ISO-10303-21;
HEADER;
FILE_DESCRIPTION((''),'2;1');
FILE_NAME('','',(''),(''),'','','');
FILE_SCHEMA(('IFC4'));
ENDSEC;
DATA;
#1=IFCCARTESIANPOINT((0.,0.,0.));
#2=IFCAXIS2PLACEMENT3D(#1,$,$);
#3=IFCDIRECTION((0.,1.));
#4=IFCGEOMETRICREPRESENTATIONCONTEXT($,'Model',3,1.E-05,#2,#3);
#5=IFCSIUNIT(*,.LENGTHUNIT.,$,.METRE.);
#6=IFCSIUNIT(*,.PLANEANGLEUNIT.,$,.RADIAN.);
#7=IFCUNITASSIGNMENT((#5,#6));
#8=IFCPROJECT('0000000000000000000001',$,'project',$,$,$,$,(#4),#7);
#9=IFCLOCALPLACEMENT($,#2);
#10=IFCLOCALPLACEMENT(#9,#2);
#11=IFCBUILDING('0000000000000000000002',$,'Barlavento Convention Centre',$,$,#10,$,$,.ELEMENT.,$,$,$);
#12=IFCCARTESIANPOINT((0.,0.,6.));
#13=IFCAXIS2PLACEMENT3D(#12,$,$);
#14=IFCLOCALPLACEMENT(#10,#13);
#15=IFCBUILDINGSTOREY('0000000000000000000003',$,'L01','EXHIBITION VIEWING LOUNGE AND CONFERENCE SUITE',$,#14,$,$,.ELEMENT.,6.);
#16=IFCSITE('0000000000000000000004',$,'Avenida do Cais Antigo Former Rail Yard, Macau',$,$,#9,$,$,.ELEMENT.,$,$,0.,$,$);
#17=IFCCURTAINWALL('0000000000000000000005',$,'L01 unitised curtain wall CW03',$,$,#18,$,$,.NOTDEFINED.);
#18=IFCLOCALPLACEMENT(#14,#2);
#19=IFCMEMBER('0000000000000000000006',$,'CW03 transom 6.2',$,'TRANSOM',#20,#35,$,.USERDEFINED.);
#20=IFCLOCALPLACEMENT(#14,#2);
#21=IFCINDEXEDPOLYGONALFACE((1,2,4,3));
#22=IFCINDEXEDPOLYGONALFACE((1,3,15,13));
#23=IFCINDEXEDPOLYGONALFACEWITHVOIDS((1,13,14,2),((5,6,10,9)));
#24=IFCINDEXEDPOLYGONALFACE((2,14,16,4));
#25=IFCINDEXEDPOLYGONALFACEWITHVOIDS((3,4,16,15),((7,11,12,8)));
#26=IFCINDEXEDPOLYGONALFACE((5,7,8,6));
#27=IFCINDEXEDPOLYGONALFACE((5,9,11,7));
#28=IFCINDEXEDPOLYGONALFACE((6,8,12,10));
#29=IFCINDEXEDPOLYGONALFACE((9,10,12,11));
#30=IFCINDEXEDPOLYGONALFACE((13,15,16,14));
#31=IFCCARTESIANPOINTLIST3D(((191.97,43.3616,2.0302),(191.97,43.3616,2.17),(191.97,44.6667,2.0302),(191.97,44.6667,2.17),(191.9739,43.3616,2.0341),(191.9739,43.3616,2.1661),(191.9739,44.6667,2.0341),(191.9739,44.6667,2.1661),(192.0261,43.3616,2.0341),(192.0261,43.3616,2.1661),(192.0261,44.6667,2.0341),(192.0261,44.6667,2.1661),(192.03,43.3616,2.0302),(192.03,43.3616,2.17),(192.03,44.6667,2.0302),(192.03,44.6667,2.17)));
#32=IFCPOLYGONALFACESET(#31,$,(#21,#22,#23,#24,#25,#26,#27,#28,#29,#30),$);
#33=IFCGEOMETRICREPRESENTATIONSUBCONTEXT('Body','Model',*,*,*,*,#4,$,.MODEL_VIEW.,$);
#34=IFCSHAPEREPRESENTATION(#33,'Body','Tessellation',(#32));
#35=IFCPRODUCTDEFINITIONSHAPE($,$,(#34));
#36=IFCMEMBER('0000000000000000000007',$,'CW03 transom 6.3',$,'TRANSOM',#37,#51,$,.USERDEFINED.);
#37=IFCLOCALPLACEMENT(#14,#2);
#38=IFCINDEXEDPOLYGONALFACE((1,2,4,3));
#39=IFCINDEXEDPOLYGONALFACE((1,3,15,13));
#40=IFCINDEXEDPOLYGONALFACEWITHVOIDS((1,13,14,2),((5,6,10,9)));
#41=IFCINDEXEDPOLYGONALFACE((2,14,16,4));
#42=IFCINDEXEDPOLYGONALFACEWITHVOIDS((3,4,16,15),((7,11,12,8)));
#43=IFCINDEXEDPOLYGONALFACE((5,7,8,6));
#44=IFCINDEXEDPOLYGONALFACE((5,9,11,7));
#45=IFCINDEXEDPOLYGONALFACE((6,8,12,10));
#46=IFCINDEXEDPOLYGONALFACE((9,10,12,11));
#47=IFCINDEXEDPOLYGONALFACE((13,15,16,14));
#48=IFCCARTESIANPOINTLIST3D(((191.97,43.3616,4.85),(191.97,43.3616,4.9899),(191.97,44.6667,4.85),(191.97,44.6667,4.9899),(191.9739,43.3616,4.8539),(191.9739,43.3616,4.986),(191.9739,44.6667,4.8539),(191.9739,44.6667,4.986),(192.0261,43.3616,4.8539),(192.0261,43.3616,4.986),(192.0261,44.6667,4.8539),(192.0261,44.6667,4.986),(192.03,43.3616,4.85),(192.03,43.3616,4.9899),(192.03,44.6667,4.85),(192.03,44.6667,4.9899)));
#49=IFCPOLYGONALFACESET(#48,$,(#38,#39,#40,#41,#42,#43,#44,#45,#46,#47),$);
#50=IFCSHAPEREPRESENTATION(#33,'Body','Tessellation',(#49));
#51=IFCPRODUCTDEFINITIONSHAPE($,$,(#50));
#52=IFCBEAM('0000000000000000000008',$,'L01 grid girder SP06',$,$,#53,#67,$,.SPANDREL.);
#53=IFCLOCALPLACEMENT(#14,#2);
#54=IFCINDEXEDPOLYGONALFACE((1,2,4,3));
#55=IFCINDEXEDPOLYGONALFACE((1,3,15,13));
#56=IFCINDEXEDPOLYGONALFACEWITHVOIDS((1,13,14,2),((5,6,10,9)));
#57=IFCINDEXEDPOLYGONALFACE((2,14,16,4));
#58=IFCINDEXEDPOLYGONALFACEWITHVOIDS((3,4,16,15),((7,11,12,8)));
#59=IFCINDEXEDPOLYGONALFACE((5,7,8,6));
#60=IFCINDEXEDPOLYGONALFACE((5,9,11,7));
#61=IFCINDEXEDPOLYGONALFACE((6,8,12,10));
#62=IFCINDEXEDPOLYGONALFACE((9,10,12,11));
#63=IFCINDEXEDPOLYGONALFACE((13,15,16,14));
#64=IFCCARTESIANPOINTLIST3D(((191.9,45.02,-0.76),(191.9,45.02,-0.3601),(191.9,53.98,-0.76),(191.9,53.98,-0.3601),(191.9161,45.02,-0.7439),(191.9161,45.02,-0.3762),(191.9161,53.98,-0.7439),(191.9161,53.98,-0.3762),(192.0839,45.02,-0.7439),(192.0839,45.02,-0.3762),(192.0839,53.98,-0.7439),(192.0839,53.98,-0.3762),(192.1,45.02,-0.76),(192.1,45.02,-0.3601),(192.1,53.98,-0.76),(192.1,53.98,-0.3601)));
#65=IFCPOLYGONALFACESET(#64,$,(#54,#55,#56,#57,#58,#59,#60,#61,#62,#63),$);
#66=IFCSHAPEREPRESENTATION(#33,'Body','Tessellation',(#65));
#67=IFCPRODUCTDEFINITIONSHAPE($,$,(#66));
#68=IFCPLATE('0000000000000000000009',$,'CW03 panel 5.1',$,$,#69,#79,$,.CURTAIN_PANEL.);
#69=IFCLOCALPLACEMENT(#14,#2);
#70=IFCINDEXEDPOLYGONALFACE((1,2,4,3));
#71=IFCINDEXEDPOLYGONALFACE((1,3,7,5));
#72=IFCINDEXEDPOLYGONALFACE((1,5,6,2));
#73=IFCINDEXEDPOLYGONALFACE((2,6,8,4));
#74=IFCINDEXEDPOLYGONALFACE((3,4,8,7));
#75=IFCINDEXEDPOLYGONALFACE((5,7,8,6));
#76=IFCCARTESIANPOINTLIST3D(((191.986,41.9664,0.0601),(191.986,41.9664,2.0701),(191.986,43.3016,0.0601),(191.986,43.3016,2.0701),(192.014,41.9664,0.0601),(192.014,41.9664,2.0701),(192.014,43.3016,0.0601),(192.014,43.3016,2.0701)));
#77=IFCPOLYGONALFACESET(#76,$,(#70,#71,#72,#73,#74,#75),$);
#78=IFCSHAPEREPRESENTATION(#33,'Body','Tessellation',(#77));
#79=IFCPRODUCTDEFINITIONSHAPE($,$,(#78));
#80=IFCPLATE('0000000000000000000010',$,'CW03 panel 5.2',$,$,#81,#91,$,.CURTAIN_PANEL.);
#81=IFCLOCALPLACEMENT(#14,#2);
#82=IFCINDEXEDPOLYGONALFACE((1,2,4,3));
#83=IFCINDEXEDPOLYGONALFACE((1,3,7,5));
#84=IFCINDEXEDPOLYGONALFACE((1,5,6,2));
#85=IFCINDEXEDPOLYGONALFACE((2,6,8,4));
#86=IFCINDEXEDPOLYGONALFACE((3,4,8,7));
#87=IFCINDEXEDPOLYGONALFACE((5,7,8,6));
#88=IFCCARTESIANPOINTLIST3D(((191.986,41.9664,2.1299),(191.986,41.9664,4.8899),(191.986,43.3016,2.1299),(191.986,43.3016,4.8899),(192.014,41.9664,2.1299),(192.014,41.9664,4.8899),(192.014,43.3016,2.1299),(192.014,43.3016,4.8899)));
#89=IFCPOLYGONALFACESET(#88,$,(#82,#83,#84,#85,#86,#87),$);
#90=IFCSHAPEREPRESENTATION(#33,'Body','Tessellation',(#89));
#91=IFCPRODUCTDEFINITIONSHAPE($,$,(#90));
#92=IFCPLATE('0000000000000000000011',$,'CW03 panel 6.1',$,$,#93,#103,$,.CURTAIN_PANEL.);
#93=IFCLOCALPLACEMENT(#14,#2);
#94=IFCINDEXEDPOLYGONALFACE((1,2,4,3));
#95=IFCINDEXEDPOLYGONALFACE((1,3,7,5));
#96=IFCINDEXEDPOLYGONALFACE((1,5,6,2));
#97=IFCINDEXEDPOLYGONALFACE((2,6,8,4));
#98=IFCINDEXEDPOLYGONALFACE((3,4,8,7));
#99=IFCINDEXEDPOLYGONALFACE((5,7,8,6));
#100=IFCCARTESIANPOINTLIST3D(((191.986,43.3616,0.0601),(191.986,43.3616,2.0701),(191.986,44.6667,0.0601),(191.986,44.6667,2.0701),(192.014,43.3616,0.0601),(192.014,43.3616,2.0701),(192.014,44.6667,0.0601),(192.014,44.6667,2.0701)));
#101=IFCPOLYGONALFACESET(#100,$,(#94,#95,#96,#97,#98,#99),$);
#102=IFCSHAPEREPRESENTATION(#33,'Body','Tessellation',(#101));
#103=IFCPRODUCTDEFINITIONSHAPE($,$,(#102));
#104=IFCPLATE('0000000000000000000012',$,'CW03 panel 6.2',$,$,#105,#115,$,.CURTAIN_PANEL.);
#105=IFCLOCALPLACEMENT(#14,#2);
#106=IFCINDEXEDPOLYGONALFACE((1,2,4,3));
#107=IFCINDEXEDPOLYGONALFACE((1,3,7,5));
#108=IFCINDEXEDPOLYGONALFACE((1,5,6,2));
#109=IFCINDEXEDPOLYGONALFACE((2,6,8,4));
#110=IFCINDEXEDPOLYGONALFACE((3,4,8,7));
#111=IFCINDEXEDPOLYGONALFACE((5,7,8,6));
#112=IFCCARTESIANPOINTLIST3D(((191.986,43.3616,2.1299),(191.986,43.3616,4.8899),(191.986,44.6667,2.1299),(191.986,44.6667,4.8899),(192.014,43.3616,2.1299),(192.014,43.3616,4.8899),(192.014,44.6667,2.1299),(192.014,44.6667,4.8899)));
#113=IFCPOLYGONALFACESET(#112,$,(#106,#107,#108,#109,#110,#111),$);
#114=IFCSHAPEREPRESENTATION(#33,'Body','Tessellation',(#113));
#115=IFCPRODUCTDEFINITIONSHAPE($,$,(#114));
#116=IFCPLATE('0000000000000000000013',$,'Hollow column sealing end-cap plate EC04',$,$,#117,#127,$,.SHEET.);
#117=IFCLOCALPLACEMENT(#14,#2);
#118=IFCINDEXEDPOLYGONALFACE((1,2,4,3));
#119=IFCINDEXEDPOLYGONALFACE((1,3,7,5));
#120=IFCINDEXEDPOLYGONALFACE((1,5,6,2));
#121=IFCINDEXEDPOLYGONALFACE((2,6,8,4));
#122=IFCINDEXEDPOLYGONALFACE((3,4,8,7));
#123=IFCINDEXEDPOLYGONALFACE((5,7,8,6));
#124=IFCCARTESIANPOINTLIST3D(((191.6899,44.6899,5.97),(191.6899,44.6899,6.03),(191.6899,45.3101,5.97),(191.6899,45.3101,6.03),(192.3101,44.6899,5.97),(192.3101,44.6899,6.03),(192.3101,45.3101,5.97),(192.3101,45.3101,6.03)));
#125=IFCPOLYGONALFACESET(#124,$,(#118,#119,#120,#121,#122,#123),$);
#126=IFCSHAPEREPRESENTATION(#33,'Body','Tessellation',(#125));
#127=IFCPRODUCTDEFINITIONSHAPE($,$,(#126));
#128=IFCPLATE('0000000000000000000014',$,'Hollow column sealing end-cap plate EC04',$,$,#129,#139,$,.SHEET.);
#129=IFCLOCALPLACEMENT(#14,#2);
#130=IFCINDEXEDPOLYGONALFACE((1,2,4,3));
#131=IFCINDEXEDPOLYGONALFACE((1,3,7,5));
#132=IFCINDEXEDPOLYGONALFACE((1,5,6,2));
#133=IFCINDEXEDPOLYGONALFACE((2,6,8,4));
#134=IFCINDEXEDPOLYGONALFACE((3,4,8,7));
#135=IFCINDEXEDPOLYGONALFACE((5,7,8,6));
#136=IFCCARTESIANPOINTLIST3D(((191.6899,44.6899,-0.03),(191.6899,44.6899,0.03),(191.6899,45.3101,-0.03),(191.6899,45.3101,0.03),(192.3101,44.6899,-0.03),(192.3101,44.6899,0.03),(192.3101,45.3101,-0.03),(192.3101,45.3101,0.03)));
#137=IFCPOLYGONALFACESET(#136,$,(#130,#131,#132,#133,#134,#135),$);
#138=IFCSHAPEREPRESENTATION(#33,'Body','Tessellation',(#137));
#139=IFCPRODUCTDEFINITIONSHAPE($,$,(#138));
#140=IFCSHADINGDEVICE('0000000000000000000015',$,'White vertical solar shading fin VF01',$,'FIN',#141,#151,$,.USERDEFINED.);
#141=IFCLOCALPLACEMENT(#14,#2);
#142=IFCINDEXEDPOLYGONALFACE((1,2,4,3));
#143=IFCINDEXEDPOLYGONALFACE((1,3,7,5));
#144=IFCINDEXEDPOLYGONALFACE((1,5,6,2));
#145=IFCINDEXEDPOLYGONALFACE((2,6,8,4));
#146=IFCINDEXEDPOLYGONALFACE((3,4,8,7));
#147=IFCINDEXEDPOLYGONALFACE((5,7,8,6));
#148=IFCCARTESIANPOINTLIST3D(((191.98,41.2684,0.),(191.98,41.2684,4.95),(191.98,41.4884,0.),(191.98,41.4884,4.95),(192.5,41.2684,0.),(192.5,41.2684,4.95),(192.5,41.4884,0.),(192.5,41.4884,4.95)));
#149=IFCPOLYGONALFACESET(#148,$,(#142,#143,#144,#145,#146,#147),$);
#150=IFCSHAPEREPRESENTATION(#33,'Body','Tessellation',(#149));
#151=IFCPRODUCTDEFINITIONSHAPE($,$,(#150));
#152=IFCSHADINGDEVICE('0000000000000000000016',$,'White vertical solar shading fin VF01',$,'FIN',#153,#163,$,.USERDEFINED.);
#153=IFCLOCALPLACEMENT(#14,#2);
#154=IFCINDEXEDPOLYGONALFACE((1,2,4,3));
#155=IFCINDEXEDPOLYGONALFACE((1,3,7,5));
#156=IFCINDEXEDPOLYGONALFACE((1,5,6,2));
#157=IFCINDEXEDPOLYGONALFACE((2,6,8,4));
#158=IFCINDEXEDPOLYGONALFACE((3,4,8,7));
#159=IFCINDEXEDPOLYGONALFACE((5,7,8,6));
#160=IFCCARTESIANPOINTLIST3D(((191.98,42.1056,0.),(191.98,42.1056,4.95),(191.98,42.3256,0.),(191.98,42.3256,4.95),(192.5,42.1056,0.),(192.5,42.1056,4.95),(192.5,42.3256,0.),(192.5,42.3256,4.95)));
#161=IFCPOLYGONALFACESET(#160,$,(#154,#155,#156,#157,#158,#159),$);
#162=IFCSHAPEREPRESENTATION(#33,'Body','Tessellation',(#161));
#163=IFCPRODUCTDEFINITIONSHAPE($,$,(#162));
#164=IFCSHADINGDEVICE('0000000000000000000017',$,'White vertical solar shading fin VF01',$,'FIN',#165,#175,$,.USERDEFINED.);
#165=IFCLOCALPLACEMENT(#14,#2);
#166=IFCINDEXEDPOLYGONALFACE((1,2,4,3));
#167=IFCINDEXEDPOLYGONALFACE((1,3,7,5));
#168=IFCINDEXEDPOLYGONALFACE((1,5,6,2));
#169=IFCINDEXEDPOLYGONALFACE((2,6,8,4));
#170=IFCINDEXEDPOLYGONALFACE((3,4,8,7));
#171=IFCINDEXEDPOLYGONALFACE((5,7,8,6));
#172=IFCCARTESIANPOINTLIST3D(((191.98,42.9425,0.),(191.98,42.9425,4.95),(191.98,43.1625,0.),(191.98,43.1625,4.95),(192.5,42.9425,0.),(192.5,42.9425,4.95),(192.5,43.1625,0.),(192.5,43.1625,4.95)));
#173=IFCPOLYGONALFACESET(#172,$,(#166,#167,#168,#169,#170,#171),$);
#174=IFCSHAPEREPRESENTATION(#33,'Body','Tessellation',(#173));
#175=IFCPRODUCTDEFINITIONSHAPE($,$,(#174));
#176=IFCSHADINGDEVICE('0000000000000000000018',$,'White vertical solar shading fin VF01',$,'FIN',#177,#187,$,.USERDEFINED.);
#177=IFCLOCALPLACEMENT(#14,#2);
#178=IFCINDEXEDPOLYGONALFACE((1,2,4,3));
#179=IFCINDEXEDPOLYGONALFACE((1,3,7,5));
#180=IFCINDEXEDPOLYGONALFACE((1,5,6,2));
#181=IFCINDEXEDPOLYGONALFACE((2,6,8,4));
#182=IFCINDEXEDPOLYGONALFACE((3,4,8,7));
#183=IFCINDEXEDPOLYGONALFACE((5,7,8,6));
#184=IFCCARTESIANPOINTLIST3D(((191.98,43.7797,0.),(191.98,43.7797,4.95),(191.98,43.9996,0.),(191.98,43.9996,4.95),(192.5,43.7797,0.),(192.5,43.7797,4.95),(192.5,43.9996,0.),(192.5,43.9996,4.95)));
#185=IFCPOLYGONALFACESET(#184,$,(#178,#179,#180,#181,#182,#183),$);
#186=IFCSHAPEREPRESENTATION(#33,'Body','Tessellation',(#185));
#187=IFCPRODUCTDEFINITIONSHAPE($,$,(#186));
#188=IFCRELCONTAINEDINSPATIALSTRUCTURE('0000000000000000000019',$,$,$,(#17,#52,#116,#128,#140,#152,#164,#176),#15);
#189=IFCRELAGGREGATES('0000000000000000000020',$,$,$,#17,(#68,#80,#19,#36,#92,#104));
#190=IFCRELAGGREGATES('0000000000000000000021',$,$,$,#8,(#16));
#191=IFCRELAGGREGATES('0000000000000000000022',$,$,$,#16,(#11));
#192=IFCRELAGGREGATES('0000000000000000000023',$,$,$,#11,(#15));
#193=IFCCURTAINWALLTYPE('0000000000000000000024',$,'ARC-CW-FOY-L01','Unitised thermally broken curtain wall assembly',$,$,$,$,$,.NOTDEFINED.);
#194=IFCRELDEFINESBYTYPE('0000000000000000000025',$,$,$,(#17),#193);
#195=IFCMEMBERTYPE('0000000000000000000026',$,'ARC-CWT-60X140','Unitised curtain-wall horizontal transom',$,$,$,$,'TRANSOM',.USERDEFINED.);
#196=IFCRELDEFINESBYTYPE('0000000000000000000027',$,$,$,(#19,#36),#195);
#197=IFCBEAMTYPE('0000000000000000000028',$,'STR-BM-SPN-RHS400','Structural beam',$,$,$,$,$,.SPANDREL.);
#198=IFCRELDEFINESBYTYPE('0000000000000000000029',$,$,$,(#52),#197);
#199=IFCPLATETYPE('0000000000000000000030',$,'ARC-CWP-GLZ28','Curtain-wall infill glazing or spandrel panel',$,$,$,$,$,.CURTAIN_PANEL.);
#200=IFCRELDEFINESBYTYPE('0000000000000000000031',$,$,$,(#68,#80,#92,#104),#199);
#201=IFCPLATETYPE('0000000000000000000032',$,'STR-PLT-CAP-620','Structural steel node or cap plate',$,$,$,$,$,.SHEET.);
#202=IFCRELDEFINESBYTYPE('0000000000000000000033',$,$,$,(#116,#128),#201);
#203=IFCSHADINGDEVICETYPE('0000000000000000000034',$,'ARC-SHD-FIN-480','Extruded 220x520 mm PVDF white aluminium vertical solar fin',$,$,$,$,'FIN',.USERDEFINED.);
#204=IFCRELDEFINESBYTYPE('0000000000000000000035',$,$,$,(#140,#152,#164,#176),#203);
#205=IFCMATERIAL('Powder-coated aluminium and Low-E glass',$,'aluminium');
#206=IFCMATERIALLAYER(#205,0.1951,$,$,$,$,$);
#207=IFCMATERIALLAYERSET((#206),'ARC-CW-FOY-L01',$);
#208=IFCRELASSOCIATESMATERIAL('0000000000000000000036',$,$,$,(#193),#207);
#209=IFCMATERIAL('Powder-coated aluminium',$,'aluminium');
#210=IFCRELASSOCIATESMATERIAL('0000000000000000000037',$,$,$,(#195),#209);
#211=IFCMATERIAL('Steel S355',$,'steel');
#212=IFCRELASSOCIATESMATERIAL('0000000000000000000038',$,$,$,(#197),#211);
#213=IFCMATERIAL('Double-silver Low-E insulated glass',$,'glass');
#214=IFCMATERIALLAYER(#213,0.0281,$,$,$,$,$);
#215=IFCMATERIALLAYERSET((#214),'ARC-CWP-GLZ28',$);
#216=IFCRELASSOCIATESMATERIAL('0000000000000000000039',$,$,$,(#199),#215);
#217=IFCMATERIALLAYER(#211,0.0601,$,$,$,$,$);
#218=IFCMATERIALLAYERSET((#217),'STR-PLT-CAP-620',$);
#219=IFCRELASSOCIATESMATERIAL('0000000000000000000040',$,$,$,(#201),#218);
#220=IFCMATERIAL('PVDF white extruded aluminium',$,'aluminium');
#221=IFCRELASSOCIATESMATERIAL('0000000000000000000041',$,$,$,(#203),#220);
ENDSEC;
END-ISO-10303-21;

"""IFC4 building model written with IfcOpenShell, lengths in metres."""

from ifc_helpers import new_model, si_unit, direction, frame, origin, origin_2d, place, context, subcontext, project, spatial, rectangle, hollow_rectangle, extrude, material, layer, layer_set, material_profile, profile_set, type_object, element, aggregate, save


model = new_model("IFC4")

# Units and contexts
model_context = context("Model", 3, precision=1e-05, world=origin(), true_north=direction((0.0, 1.0)))
body_context = subcontext(model_context, "Body", "Model", "MODEL_VIEW")
ifc_project = project(units=[si_unit("LENGTHUNIT", "METRE"), si_unit("PLANEANGLEUNIT", "RADIAN")], contexts=[model_context])

# Site, building, storey
site_placement = place(None, origin())
site = spatial("IfcSite", under=ifc_project, at=site_placement, Name="Avenida do Cais Antigo Former Rail Yard, Macau", CompositionType="ELEMENT", RefElevation=0.0)
building_placement = place(site_placement, origin())
building = spatial("IfcBuilding", under=site, at=building_placement, Name="Barlavento Convention Centre", CompositionType="ELEMENT")
storey_placement = place(building_placement, frame((0.0, 0.0, 6.0)))
storey = spatial("IfcBuildingStorey", under=building, at=storey_placement, Name="L01", Description="EXHIBITION VIEWING LOUNGE AND CONFERENCE SUITE", CompositionType="ELEMENT", Elevation=6.0)

# Shared definitions
ifc_material_1 = material(Name="Steel S355", Category="steel")

# Curtain wall, members
ifc_material_2 = material(Name="Powder-coated aluminium and Low-E glass", Category="aluminium")
ifc_layer_1 = layer(ifc_material_2, 0.1951)
ifc_layer_set_1 = layer_set([ifc_layer_1], Name="ARC-CW-FOY-L01")
curtain_wall_type = type_object("IfcCurtainWallType", Name="ARC-CW-FOY-L01", Description="Unitised thermally broken curtain wall assembly", PredefinedType="NOTDEFINED", material=ifc_layer_set_1)
curtain_wall_placement = place(storey_placement, origin())
curtain_wall = element("IfcCurtainWall", 1, at=curtain_wall_placement, inside=storey, type_object=curtain_wall_type, Name="L01 unitised curtain wall CW03", PredefinedType="NOTDEFINED")
ifc_material_3 = material(Name="Powder-coated aluminium", Category="aluminium")
ifc_material_profile_1 = material_profile(ifc_material_3, hollow_rectangle(XDim=0.0601, YDim=0.1399, WallThickness=0.0039, at=origin_2d()), Name="AL-TRAN 60x140x4")
ifc_profile_set_1 = profile_set([ifc_material_profile_1], Name="Powder-coated aluminium")
member_type_1 = type_object("IfcMemberType", Name="ARC-CWT-60X140", Description="Unitised curtain-wall horizontal transom", ElementType="TRANSOM", PredefinedType="USERDEFINED", material=ifc_profile_set_1)
member_1_placement = place(storey_placement, frame((192.0, 43.3616, 2.1001), z_axis=(0.0, 1.0, 0.0), x_axis=(-1.0, 0.0, 0.0)))
member_1 = element("IfcMember", 2, at=member_1_placement, type_object=member_type_1, Name="CW03 transom 6.2", ObjectType="TRANSOM", PredefinedType="USERDEFINED", context=body_context, shape_type="SweptSolid", body=[
    extrude(hollow_rectangle(XDim=0.0601, YDim=0.1399, WallThickness=0.0039, at=origin_2d()), origin(), (0.0, 0.0, 1.0), 1.3052),
])
member_2_placement = place(storey_placement, frame((192.0, 43.3616, 4.9199), z_axis=(0.0, 1.0, 0.0), x_axis=(-1.0, 0.0, 0.0)))
member_2 = element("IfcMember", 3, at=member_2_placement, type_object=member_type_1, Name="CW03 transom 6.3", ObjectType="TRANSOM", PredefinedType="USERDEFINED", context=body_context, shape_type="SweptSolid", body=[
    extrude(hollow_rectangle(XDim=0.0601, YDim=0.1399, WallThickness=0.0039, at=origin_2d()), origin(), (0.0, 0.0, 1.0), 1.3052),
])

# Beam
ifc_material_profile_2 = material_profile(ifc_material_1, hollow_rectangle(XDim=0.2, YDim=0.3999, WallThickness=0.0161, at=origin_2d()), Name="RHS 400x200x16.0")
ifc_profile_set_2 = profile_set([ifc_material_profile_2], Name="Steel S355")
beam_type = type_object("IfcBeamType", Name="STR-BM-SPN-RHS400", Description="Structural beam", PredefinedType="SPANDREL", material=ifc_profile_set_2)
beam_placement = place(storey_placement, frame((192.0, 45.02, -0.5601), z_axis=(0.0, 1.0, 0.0), x_axis=(-1.0, 0.0, 0.0)))
element("IfcBeam", 4, at=beam_placement, inside=storey, type_object=beam_type, Name="L01 grid girder SP06", PredefinedType="SPANDREL", context=body_context, shape_type="SweptSolid", body=[
    extrude(hollow_rectangle(XDim=0.2, YDim=0.3999, WallThickness=0.0161, at=origin_2d()), origin(), (0.0, 0.0, 1.0), 8.96),
])

# Plates
ifc_material_4 = material(Name="Double-silver Low-E insulated glass", Category="glass")
ifc_layer_2 = layer(ifc_material_4, 0.0281)
ifc_layer_set_2 = layer_set([ifc_layer_2], Name="ARC-CWP-GLZ28")
plate_type_1 = type_object("IfcPlateType", Name="ARC-CWP-GLZ28", Description="Curtain-wall infill glazing or spandrel panel", PredefinedType="CURTAIN_PANEL", material=ifc_layer_set_2)
plate_1_placement = place(storey_placement, frame((192.0, 42.634, 0.0601), z_axis=(0.0, 0.0, 1.0), x_axis=(0.0, 1.0, 0.0)))
plate_1 = element("IfcPlate", 5, at=plate_1_placement, type_object=plate_type_1, Name="CW03 panel 5.1", PredefinedType="CURTAIN_PANEL", context=body_context, shape_type="SweptSolid", body=[
    extrude(rectangle(XDim=1.3352, YDim=0.0281, at=origin_2d()), origin(), (0.0, 0.0, 1.0), 2.01),
])
plate_2_placement = place(storey_placement, frame((192.0, 42.634, 2.1299), z_axis=(0.0, 0.0, 1.0), x_axis=(0.0, 1.0, 0.0)))
plate_2 = element("IfcPlate", 6, at=plate_2_placement, type_object=plate_type_1, Name="CW03 panel 5.2", PredefinedType="CURTAIN_PANEL", context=body_context, shape_type="SweptSolid", body=[
    extrude(rectangle(XDim=1.3352, YDim=0.0281, at=origin_2d()), origin(), (0.0, 0.0, 1.0), 2.76),
])
plate_3_placement = place(storey_placement, frame((192.0, 44.0142, 0.0601), z_axis=(0.0, 0.0, 1.0), x_axis=(0.0, 1.0, 0.0)))
plate_3 = element("IfcPlate", 7, at=plate_3_placement, type_object=plate_type_1, Name="CW03 panel 6.1", PredefinedType="CURTAIN_PANEL", context=body_context, shape_type="SweptSolid", body=[
    extrude(rectangle(XDim=1.3052, YDim=0.0281, at=origin_2d()), origin(), (0.0, 0.0, 1.0), 2.01),
])
plate_4_placement = place(storey_placement, frame((192.0, 44.0142, 2.1299), z_axis=(0.0, 0.0, 1.0), x_axis=(0.0, 1.0, 0.0)))
plate_4 = element("IfcPlate", 8, at=plate_4_placement, type_object=plate_type_1, Name="CW03 panel 6.2", PredefinedType="CURTAIN_PANEL", context=body_context, shape_type="SweptSolid", body=[
    extrude(rectangle(XDim=1.3052, YDim=0.0281, at=origin_2d()), origin(), (0.0, 0.0, 1.0), 2.76),
])
aggregate(curtain_wall, [plate_1, plate_2, member_1, member_2, plate_3, plate_4])

# Plates
ifc_layer_3 = layer(ifc_material_1, 0.0601)
ifc_layer_set_3 = layer_set([ifc_layer_3], Name="STR-PLT-CAP-620")
plate_type_2 = type_object("IfcPlateType", Name="STR-PLT-CAP-620", Description="Structural steel node or cap plate", PredefinedType="SHEET", material=ifc_layer_set_3)
for number, where, z_axis, x_axis, name in (
    (9, (192.0, 45.0, 5.97), (0.0, 0.0, 1.0), (1.0, 0.0, 0.0), "Hollow column sealing end-cap plate EC04"),
    (10, (192.0, 45.0, -0.03), (0.0, 0.0, 1.0), (1.0, 0.0, 0.0), "Hollow column sealing end-cap plate EC04"),
):
    element("IfcPlate", number, at=place(storey_placement, frame(where, z_axis=z_axis, x_axis=x_axis)), inside=storey, type_object=plate_type_2, Name=name, PredefinedType="SHEET", context=body_context, shape_type="SweptSolid", body=[
        extrude(rectangle(XDim=0.6201, YDim=0.6201, at=origin_2d()), origin(), (0.0, 0.0, 1.0), 0.0601),
    ])

# Shading devices
ifc_material_5 = material(Name="PVDF white extruded aluminium", Category="aluminium")
shading_device_type = type_object("IfcShadingDeviceType", Name="ARC-SHD-FIN-480", Description="Extruded 220x520 mm PVDF white aluminium vertical solar fin", ElementType="FIN", PredefinedType="USERDEFINED", material=ifc_material_5)
for number, where, z_axis, x_axis, name in (
    (11, (192.24, 41.3784, 0.0), (0.0, 0.0, 1.0), (0.0, 1.0, 0.0), "White vertical solar shading fin VF01"),
    (12, (192.24, 42.2156, 0.0), (0.0, 0.0, 1.0), (0.0, 1.0, 0.0), "White vertical solar shading fin VF01"),
    (13, (192.24, 43.0525, 0.0), (0.0, 0.0, 1.0), (0.0, 1.0, 0.0), "White vertical solar shading fin VF01"),
    (14, (192.24, 43.8896, 0.0), (0.0, 0.0, 1.0), (0.0, 1.0, 0.0), "White vertical solar shading fin VF01"),
):
    element("IfcShadingDevice", number, at=place(storey_placement, frame(where, z_axis=z_axis, x_axis=x_axis)), inside=storey, type_object=shading_device_type, Name=name, ObjectType="FIN", PredefinedType="USERDEFINED", context=body_context, shape_type="SweptSolid", body=[
        extrude(rectangle(XDim=0.22, YDim=0.52, at=origin_2d()), origin(), (0.0, 0.0, 1.0), 4.95),
    ])

save(model, "model.ifc")
